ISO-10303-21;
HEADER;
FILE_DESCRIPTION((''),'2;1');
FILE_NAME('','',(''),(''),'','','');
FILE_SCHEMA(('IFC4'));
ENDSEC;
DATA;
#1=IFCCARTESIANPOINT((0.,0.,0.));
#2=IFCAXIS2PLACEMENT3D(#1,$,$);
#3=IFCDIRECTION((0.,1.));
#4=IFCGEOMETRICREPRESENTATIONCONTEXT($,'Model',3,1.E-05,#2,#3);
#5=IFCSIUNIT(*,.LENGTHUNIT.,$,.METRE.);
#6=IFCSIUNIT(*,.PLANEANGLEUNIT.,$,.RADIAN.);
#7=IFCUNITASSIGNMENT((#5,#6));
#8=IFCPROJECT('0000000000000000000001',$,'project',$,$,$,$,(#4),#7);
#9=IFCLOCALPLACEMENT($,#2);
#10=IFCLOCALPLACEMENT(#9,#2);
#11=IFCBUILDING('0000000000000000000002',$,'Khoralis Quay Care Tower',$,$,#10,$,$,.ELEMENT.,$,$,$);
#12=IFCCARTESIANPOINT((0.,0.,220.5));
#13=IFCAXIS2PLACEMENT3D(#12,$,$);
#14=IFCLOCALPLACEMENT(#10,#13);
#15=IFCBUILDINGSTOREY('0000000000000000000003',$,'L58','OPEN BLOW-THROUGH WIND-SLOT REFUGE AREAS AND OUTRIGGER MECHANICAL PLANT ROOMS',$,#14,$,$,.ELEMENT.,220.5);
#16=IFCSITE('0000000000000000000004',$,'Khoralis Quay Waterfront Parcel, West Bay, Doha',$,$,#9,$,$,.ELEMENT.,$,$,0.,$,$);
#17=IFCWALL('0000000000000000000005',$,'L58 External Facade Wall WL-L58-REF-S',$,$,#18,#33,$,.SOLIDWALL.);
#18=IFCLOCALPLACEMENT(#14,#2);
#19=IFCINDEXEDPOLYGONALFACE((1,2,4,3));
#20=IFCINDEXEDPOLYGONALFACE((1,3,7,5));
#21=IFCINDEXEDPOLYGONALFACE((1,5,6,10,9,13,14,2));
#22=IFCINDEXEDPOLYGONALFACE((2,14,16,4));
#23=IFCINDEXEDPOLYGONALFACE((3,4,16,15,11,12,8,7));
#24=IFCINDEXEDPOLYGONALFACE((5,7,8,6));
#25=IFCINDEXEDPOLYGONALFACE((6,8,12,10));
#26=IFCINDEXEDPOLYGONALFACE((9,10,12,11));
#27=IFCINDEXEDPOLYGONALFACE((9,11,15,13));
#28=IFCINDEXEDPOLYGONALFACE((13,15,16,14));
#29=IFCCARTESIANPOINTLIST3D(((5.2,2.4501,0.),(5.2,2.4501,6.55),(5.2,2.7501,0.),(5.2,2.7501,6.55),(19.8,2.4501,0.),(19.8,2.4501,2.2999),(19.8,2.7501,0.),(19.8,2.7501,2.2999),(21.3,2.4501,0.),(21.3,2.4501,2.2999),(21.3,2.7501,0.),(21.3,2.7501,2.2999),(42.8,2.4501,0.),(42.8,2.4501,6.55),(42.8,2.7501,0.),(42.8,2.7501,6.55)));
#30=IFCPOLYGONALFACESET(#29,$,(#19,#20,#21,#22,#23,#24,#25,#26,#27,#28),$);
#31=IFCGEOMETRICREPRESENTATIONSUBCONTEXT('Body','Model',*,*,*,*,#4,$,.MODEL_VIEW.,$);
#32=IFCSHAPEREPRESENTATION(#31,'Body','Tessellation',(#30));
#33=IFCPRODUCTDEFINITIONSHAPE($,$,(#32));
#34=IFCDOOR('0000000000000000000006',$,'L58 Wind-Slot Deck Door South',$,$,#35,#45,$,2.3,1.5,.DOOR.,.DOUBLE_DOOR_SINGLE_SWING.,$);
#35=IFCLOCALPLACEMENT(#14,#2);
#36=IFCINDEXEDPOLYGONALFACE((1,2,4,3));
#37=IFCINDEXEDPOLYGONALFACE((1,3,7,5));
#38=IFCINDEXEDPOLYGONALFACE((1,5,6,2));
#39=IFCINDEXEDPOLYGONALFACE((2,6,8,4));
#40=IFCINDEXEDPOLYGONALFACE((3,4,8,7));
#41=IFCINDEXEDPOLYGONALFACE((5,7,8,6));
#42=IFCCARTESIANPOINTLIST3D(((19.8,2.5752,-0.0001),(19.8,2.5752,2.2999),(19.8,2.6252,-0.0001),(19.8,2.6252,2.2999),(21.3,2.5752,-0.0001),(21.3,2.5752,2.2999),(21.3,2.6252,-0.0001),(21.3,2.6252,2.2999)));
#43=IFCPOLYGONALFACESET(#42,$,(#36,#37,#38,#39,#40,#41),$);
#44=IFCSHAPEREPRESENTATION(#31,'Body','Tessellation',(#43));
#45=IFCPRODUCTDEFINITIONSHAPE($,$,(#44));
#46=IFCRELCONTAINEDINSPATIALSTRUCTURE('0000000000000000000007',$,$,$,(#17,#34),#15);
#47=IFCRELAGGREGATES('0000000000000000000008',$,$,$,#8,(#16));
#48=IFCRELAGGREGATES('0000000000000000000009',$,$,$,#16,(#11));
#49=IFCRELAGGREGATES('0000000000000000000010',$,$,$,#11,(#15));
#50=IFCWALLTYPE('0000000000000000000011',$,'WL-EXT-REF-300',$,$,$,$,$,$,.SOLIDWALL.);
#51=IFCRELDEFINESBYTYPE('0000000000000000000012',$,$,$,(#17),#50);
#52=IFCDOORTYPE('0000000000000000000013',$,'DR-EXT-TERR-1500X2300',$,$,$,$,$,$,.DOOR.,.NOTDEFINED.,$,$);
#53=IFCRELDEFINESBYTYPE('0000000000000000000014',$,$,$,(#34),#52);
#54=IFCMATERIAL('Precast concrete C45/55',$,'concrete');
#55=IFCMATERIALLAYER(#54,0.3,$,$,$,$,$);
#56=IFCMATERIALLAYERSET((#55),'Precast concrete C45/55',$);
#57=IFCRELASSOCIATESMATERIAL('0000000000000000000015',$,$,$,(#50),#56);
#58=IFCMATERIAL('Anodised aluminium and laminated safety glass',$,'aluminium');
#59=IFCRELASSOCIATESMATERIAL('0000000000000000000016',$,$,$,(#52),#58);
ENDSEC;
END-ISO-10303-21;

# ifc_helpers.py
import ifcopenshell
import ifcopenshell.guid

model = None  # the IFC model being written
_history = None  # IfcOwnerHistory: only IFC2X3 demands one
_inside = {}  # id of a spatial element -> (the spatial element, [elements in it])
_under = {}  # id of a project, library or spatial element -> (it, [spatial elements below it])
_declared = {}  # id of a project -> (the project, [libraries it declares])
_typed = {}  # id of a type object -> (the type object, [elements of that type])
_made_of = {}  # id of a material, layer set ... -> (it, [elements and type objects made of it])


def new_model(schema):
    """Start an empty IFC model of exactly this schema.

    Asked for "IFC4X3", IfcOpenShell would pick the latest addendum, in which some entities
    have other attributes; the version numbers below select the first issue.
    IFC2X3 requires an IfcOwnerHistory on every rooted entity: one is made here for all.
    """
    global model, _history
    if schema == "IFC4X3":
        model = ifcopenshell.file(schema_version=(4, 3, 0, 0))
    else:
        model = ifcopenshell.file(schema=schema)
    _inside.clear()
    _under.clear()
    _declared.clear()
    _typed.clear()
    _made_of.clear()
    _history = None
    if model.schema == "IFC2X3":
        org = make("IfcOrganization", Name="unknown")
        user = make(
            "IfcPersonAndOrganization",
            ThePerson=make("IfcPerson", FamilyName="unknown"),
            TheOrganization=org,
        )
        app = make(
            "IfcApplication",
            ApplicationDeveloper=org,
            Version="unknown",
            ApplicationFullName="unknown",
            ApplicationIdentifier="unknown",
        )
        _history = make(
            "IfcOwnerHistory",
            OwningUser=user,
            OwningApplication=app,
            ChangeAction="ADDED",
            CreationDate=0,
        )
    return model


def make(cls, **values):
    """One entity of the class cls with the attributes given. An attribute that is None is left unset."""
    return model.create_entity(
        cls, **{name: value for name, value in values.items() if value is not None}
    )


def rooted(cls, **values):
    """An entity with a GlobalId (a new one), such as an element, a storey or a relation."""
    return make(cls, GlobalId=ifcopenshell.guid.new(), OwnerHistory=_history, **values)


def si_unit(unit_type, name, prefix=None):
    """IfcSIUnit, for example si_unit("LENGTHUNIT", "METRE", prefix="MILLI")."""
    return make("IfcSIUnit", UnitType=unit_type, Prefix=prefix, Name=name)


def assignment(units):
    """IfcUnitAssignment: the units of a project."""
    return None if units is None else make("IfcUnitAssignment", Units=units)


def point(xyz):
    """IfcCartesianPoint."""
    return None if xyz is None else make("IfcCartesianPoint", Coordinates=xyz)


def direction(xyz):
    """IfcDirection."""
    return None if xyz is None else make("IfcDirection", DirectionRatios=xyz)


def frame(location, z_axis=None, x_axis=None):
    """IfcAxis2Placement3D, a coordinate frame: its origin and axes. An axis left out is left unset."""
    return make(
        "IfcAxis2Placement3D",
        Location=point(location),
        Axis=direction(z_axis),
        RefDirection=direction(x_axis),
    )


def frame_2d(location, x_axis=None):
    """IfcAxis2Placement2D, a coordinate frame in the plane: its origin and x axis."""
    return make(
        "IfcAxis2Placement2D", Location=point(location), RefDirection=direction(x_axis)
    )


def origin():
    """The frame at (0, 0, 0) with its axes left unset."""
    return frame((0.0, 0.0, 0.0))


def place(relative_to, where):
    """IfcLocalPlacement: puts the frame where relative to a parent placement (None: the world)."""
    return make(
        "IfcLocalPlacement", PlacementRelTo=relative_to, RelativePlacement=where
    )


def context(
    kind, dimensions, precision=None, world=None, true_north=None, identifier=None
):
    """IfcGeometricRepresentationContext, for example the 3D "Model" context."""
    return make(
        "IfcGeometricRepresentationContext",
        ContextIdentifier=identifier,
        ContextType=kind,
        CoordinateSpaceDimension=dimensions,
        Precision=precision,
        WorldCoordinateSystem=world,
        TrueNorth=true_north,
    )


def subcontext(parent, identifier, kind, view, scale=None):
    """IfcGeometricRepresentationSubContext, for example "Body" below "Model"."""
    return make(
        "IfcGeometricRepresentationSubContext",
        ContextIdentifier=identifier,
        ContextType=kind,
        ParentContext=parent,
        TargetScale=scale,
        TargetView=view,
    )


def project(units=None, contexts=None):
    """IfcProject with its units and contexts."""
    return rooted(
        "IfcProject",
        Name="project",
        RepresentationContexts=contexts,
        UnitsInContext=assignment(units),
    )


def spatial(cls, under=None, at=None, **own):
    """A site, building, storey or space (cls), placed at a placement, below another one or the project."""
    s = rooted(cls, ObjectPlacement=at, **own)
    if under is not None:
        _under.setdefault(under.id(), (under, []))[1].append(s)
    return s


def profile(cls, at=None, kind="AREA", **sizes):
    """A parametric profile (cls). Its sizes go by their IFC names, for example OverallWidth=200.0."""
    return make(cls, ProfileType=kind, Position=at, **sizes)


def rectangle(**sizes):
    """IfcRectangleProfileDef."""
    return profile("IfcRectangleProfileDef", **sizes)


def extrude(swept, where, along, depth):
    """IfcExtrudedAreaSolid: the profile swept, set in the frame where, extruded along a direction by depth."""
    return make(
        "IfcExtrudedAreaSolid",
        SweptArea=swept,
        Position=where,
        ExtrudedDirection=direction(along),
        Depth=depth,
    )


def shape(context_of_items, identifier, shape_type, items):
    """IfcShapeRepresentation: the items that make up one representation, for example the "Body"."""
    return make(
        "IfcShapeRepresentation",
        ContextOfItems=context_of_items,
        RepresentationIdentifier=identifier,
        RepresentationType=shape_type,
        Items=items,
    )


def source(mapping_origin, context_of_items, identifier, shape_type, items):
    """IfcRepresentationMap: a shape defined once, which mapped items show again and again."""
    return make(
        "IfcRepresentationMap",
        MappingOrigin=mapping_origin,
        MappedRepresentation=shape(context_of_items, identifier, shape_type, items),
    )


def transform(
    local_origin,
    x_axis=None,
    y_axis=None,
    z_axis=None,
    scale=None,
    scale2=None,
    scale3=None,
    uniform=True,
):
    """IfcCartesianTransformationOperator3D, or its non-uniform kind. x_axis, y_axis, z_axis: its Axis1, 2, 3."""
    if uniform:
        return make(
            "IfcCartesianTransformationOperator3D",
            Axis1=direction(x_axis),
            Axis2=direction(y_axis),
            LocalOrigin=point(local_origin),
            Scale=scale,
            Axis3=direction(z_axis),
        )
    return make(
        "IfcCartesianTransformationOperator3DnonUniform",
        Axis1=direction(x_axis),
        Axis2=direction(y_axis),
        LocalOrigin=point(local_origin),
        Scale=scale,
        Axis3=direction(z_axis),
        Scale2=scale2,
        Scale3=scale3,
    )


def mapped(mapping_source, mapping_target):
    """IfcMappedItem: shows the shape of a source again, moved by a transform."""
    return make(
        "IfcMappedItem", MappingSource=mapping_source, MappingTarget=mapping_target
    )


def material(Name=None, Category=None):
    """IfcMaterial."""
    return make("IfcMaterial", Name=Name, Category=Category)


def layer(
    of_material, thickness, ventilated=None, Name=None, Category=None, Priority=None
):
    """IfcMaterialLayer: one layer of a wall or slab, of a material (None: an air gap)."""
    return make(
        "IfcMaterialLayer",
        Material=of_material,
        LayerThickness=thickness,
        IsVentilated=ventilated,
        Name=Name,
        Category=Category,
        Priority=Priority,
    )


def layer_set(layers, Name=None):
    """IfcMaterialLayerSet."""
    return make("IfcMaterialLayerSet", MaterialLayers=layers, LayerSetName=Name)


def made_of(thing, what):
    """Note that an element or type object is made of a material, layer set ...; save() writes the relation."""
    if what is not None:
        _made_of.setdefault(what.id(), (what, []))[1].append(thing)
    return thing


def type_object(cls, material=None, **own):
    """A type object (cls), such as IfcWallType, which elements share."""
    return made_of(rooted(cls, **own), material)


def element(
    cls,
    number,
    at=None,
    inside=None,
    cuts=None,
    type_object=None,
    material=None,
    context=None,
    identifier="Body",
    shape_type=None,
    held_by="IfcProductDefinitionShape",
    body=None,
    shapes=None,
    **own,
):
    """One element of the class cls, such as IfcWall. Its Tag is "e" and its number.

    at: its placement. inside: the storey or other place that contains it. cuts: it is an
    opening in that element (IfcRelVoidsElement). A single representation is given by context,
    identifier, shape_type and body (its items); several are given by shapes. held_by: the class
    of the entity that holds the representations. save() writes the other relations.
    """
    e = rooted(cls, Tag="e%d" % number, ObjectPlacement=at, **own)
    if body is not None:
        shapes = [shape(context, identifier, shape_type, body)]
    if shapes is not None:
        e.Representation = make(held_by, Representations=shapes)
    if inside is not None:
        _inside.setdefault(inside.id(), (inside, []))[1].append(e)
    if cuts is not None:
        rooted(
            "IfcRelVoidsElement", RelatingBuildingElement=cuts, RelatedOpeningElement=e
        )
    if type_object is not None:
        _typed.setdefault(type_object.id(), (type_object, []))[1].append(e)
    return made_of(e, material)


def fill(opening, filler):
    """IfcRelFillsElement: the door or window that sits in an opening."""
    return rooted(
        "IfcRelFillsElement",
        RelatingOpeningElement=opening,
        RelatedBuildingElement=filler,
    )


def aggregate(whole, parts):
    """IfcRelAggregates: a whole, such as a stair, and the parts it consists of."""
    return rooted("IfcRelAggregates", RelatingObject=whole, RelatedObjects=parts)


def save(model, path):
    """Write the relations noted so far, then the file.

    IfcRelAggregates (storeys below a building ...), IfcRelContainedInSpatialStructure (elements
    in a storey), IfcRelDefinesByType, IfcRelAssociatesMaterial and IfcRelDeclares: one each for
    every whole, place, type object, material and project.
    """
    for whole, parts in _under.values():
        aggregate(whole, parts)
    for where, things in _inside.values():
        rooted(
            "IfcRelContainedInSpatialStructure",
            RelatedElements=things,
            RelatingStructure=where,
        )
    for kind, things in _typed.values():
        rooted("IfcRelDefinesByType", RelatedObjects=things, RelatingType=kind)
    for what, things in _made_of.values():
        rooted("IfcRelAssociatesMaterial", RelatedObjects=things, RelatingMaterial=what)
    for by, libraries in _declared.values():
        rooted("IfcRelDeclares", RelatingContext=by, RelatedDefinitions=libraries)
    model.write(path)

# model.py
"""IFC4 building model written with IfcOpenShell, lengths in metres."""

from ifc_helpers import new_model, si_unit, direction, frame, frame_2d, origin, place, context, subcontext, project, spatial, rectangle, extrude, source, transform, mapped, material, layer, layer_set, type_object, element, fill, save


model = new_model("IFC4")

# Units and contexts
model_context = context("Model", 3, precision=1e-05, world=origin(), true_north=direction((0.0, 1.0)))
body_context = subcontext(model_context, "Body", "Model", "MODEL_VIEW")
ifc_project = project(units=[si_unit("LENGTHUNIT", "METRE"), si_unit("PLANEANGLEUNIT", "RADIAN")], contexts=[model_context])

# Site, building, storey
site_placement = place(None, origin())
site = spatial("IfcSite", under=ifc_project, at=site_placement, Name="Khoralis Quay Waterfront Parcel, West Bay, Doha", CompositionType="ELEMENT", RefElevation=0.0)
building_placement = place(site_placement, origin())
building = spatial("IfcBuilding", under=site, at=building_placement, Name="Khoralis Quay Care Tower", CompositionType="ELEMENT")
storey_placement = place(building_placement, frame((0.0, 0.0, 220.5)))
storey = spatial("IfcBuildingStorey", under=building, at=storey_placement, Name="L58", Description="OPEN BLOW-THROUGH WIND-SLOT REFUGE AREAS AND OUTRIGGER MECHANICAL PLANT ROOMS", CompositionType="ELEMENT", Elevation=220.5)

# Shared definitions
ifc_material_1 = material(Name="Precast concrete C45/55", Category="concrete")

# Wall, opening, door
ifc_layer_1 = layer(ifc_material_1, 0.3)
ifc_layer_set_1 = layer_set([ifc_layer_1], Name="Precast concrete C45/55")
wall_type_1 = type_object("IfcWallType", Name="WL-EXT-REF-300", PredefinedType="SOLIDWALL", material=ifc_layer_set_1)
wall_1_placement = place(storey_placement, frame((5.2, 2.6001, 0.0), z_axis=(0.0, 0.0, 1.0), x_axis=(1.0, 0.0, 0.0)))
wall_1 = element("IfcWall", 1, at=wall_1_placement, inside=storey, type_object=wall_type_1, Name="L58 External Facade Wall WL-L58-REF-S", PredefinedType="SOLIDWALL", context=body_context, shape_type="SweptSolid", body=[
    extrude(rectangle(XDim=37.6001, YDim=0.3, at=frame_2d((18.8, 0.0))), origin(), (0.0, 0.0, 1.0), 6.55),
])
opening_1_placement = place(wall_1_placement, frame((14.6001, 0.0, 0.0)))
opening_1 = element("IfcOpeningElement", 2, at=opening_1_placement, cuts=wall_1, PredefinedType="OPENING", context=body_context, shape_type="SweptSolid", body=[
    extrude(rectangle(XDim=1.5, YDim=2.3, at=frame_2d((0.75, 1.1499))), frame((0.0, 0.1602, 0.0), z_axis=(0.0, -1.0, 0.0), x_axis=(1.0, 0.0, 0.0)), (0.0, 0.0, 1.0), 0.3201),
])
ifc_material_2 = material(Name="Anodised aluminium and laminated safety glass", Category="aluminium")
door_type_1 = type_object("IfcDoorType", Name="DR-EXT-TERR-1500X2300", OperationType="NOTDEFINED", PredefinedType="DOOR", material=ifc_material_2)
shared_shape_1 = source(origin(), body_context, "Body", "SweptSolid", [
    extrude(rectangle(XDim=1.5, YDim=2.3, at=frame_2d((0.75, 1.1499))), frame((0.0, 0.0249, 0.0), z_axis=(0.0, -1.0, 0.0), x_axis=(1.0, 0.0, 0.0)), (0.0, 0.0, 1.0), 0.05),
])
door_1_placement = place(opening_1_placement, frame((1.5, 0.0, 0.0), z_axis=(0.0, 0.0, 1.0), x_axis=(-1.0, 0.0, 0.0)))
door_1 = element("IfcDoor", 3, at=door_1_placement, inside=storey, type_object=door_type_1, Name="L58 Wind-Slot Deck Door South", OperationType="DOUBLE_DOOR_SINGLE_SWING", OverallHeight=2.3, OverallWidth=1.5, PredefinedType="DOOR", context=body_context, shape_type="MappedRepresentation", body=[
    mapped(shared_shape_1, transform((0.0, 0.0, 0.0), scale=1.0)),
])
fill(opening_1, door_1)

save(model, "model.ifc")
